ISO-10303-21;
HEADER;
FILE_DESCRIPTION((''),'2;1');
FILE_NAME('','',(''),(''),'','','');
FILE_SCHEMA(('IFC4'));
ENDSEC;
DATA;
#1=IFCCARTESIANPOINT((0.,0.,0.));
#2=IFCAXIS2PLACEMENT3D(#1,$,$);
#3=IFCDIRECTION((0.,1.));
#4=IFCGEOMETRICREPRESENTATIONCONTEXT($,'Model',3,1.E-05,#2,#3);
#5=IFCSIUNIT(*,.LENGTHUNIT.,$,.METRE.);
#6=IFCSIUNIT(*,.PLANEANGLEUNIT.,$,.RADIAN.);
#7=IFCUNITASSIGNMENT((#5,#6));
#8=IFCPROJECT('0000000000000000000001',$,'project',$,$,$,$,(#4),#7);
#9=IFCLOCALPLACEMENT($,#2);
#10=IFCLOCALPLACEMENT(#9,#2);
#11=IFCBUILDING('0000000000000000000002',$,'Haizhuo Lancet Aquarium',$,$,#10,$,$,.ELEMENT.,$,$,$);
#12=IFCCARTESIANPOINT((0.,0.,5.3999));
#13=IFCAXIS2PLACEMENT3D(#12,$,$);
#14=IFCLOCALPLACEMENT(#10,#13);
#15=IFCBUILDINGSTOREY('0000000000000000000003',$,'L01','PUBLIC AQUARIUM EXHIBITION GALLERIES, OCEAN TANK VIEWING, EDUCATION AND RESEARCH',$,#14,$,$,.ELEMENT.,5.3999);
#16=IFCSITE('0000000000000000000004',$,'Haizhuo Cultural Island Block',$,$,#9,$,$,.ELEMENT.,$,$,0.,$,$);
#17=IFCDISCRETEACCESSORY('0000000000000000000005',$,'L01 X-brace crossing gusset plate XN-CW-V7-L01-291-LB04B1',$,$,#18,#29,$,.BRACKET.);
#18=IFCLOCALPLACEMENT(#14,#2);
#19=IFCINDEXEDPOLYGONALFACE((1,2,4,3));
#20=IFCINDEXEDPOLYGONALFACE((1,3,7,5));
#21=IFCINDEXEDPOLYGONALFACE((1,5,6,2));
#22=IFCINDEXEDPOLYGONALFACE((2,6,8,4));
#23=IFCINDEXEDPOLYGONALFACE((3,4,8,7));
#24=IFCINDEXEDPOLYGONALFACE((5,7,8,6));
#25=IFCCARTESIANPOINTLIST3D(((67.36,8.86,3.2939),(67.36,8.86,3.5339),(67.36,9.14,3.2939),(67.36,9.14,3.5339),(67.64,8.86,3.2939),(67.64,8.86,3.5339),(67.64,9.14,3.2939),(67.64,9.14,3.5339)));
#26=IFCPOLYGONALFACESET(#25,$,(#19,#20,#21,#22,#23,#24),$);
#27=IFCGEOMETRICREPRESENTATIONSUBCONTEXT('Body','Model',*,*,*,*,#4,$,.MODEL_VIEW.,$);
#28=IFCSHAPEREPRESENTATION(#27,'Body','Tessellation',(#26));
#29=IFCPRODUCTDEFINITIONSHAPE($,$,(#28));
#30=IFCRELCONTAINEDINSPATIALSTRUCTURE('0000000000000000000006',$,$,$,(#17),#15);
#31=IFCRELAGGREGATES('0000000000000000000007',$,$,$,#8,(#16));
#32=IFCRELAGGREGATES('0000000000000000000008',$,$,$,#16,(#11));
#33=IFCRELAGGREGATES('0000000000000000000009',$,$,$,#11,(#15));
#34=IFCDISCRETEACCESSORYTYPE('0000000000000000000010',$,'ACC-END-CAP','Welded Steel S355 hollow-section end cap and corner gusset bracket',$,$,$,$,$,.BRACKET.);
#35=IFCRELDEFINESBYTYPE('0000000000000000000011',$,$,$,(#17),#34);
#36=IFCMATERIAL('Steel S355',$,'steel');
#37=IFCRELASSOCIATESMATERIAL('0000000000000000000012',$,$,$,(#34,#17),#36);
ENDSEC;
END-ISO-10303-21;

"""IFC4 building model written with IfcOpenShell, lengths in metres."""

from ifc_helpers import new_model, si_unit, direction, frame, origin, origin_2d, place, context, subcontext, project, spatial, rectangle, extrude, material, type_object, element, save


model = new_model("IFC4")

# Units and contexts
model_context = context("Model", 3, precision=1e-05, world=origin(), true_north=direction((0.0, 1.0)))
body_context = subcontext(model_context, "Body", "Model", "MODEL_VIEW")
ifc_project = project(units=[si_unit("LENGTHUNIT", "METRE"), si_unit("PLANEANGLEUNIT", "RADIAN")], contexts=[model_context])

# Site, building, storey
site_placement = place(None, origin())
site = spatial("IfcSite", under=ifc_project, at=site_placement, Name="Haizhuo Cultural Island Block", CompositionType="ELEMENT", RefElevation=0.0)
building_placement = place(site_placement, origin())
building = spatial("IfcBuilding", under=site, at=building_placement, Name="Haizhuo Lancet Aquarium", CompositionType="ELEMENT")
storey_placement = place(building_placement, frame((0.0, 0.0, 5.3999)))
storey = spatial("IfcBuildingStorey", under=building, at=storey_placement, Name="L01", Description="PUBLIC AQUARIUM EXHIBITION GALLERIES, OCEAN TANK VIEWING, EDUCATION AND RESEARCH", CompositionType="ELEMENT", Elevation=5.3999)

# Shared definitions
ifc_material_1 = material(Name="Steel S355", Category="steel")

# Discrete accessory
discrete_accessory_type = type_object("IfcDiscreteAccessoryType", Name="ACC-END-CAP", Description="Welded Steel S355 hollow-section end cap and corner gusset bracket", PredefinedType="BRACKET", material=ifc_material_1)
for number, where, z_axis, x_axis, name in (
    (1, (67.5, 9.0, 3.2939), (0.0, 0.0, 1.0), (1.0, 0.0, 0.0), "L01 X-brace crossing gusset plate XN-CW-V7-L01-291-LB04B1"),
):
    element("IfcDiscreteAccessory", number, at=place(storey_placement, frame(where, z_axis=z_axis, x_axis=x_axis)), inside=storey, type_object=discrete_accessory_type, material=ifc_material_1, Name=name, PredefinedType="BRACKET", context=body_context, shape_type="SweptSolid", body=[
        extrude(rectangle(XDim=0.28, YDim=0.28, at=origin_2d()), origin(), (0.0, 0.0, 1.0), 0.24),
    ])

save(model, "model.ifc")
